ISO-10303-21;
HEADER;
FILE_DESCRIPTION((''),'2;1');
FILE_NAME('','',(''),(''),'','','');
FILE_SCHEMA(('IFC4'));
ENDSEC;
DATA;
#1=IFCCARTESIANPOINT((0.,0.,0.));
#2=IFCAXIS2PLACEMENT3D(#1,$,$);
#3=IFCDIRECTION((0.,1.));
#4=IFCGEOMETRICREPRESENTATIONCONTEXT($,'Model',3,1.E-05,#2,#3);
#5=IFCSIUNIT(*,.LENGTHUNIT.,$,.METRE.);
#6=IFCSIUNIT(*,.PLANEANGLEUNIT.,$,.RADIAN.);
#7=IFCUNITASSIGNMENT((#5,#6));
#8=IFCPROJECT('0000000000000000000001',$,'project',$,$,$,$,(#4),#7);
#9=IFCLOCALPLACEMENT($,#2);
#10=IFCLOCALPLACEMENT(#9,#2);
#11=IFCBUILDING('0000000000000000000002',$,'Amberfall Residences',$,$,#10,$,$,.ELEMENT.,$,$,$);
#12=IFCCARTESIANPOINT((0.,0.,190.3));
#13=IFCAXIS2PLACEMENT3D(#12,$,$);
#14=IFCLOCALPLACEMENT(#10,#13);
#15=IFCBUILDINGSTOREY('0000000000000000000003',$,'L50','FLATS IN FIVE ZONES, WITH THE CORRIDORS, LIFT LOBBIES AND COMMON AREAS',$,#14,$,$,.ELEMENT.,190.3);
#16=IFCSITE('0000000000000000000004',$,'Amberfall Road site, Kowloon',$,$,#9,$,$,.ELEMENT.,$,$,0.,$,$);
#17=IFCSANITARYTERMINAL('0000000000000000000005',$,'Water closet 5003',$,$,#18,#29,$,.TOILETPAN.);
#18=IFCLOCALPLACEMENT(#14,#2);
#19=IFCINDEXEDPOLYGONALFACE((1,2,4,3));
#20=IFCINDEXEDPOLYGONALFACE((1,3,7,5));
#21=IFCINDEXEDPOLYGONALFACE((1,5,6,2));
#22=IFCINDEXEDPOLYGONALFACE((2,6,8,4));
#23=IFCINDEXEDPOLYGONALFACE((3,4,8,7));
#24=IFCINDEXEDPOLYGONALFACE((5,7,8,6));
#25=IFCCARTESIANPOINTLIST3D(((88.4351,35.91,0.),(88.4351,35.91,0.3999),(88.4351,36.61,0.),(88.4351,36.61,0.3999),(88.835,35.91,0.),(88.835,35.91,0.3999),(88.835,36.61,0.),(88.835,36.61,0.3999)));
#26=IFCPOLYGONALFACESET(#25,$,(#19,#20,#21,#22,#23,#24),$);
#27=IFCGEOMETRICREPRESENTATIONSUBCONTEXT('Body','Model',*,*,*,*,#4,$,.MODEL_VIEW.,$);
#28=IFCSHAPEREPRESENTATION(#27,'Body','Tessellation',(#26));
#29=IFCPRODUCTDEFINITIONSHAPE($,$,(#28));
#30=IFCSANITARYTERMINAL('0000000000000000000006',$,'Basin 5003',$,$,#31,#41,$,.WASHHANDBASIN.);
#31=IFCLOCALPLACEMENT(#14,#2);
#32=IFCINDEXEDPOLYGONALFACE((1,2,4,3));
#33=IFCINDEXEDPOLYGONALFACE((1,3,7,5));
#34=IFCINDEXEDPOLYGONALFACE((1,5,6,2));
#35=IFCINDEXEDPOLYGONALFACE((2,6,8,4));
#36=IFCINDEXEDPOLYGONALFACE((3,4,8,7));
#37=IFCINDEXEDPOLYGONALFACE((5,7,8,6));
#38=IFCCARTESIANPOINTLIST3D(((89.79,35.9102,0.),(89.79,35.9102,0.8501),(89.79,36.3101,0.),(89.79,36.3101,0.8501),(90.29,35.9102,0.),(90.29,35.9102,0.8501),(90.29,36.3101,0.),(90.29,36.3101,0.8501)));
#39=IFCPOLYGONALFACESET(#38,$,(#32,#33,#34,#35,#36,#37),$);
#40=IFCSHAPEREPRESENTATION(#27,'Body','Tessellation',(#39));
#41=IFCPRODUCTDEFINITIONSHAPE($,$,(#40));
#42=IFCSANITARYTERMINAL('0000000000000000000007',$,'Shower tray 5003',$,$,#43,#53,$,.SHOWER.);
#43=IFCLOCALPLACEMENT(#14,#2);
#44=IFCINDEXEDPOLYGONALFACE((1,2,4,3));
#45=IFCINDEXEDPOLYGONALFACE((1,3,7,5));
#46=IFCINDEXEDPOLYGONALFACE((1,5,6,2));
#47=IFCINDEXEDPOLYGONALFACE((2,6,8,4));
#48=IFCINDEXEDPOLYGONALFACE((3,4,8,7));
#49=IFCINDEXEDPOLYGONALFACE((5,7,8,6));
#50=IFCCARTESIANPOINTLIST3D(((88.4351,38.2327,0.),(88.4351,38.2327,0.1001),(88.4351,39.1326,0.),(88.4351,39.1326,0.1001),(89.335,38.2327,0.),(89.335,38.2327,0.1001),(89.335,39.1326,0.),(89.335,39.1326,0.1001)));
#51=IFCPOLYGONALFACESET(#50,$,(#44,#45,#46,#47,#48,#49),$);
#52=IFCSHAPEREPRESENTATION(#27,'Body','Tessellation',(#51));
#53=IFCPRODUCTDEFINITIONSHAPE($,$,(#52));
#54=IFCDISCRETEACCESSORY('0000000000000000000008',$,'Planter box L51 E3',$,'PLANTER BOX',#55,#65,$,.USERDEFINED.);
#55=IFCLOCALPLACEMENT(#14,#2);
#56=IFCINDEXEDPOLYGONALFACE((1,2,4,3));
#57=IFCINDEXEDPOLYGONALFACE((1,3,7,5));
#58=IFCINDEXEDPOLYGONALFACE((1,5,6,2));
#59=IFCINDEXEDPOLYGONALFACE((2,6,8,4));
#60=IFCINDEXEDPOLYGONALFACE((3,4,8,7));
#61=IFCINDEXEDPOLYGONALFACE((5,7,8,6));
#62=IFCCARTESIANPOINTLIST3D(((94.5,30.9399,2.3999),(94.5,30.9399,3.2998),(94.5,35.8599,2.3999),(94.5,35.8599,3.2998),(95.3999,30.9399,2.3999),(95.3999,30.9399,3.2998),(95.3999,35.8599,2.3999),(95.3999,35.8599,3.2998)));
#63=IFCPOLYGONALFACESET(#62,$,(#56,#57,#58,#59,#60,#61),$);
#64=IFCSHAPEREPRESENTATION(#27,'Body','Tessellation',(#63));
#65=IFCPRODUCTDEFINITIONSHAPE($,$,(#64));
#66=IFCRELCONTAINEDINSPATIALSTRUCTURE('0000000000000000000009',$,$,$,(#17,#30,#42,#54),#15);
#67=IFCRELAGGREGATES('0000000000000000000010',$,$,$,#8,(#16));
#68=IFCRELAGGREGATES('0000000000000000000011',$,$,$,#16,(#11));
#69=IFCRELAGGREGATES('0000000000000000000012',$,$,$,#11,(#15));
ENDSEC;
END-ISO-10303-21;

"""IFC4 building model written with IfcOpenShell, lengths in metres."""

from ifc_helpers import new_model, si_unit, direction, frame, origin, origin_2d, place, context, subcontext, project, spatial, rectangle, extrude, element, save


model = new_model("IFC4")

# Units and contexts
model_context = context("Model", 3, precision=1e-05, world=origin(), true_north=direction((0.0, 1.0)))
body_context = subcontext(model_context, "Body", "Model", "MODEL_VIEW")
ifc_project = project(units=[si_unit("LENGTHUNIT", "METRE"), si_unit("PLANEANGLEUNIT", "RADIAN")], contexts=[model_context])

# Site, building, storey
site_placement = place(None, origin())
site = spatial("IfcSite", under=ifc_project, at=site_placement, Name="Amberfall Road site, Kowloon", CompositionType="ELEMENT", RefElevation=0.0)
building_placement = place(site_placement, origin())
building = spatial("IfcBuilding", under=site, at=building_placement, Name="Amberfall Residences", CompositionType="ELEMENT")
storey_placement = place(building_placement, frame((0.0, 0.0, 190.3)))
storey = spatial("IfcBuildingStorey", under=building, at=storey_placement, Name="L50", Description="FLATS IN FIVE ZONES, WITH THE CORRIDORS, LIFT LOBBIES AND COMMON AREAS", CompositionType="ELEMENT", Elevation=190.3)

# Sanitary terminals
sanitary_terminal_1_placement = place(storey_placement, frame((88.635, 36.26, 0.0), z_axis=(0.0, 0.0, 1.0), x_axis=(1.0, 0.0, 0.0)))
element("IfcSanitaryTerminal", 1, at=sanitary_terminal_1_placement, inside=storey, Name="Water closet 5003", PredefinedType="TOILETPAN", context=body_context, shape_type="SweptSolid", body=[
    extrude(rectangle(XDim=0.3999, YDim=0.7, at=origin_2d()), origin(), (0.0, 0.0, 1.0), 0.3999),
])
sanitary_terminal_2_placement = place(storey_placement, frame((90.04, 36.1101, 0.0), z_axis=(0.0, 0.0, 1.0), x_axis=(1.0, 0.0, 0.0)))
element("IfcSanitaryTerminal", 2, at=sanitary_terminal_2_placement, inside=storey, Name="Basin 5003", PredefinedType="WASHHANDBASIN", context=body_context, shape_type="SweptSolid", body=[
    extrude(rectangle(XDim=0.5, YDim=0.3999, at=origin_2d()), origin(), (0.0, 0.0, 1.0), 0.8501),
])
sanitary_terminal_3_placement = place(storey_placement, frame((88.885, 38.6826, 0.0), z_axis=(0.0, 0.0, 1.0), x_axis=(1.0, 0.0, 0.0)))
element("IfcSanitaryTerminal", 3, at=sanitary_terminal_3_placement, inside=storey, Name="Shower tray 5003", PredefinedType="SHOWER", context=body_context, shape_type="SweptSolid", body=[
    extrude(rectangle(XDim=0.8999, YDim=0.8999, at=origin_2d()), origin(), (0.0, 0.0, 1.0), 0.1001),
])

# Discrete accessory
discrete_accessory_placement = place(storey_placement, frame((94.95, 33.3999, 2.3999), z_axis=(0.0, 0.0, 1.0), x_axis=(0.0, 1.0, 0.0)))
element("IfcDiscreteAccessory", 4, at=discrete_accessory_placement, inside=storey, Name="Planter box L51 E3", ObjectType="PLANTER BOX", PredefinedType="USERDEFINED", context=body_context, shape_type="SweptSolid", body=[
    extrude(rectangle(XDim=4.9199, YDim=0.8999, at=origin_2d()), origin(), (0.0, 0.0, 1.0), 0.8999),
])

save(model, "model.ifc")
